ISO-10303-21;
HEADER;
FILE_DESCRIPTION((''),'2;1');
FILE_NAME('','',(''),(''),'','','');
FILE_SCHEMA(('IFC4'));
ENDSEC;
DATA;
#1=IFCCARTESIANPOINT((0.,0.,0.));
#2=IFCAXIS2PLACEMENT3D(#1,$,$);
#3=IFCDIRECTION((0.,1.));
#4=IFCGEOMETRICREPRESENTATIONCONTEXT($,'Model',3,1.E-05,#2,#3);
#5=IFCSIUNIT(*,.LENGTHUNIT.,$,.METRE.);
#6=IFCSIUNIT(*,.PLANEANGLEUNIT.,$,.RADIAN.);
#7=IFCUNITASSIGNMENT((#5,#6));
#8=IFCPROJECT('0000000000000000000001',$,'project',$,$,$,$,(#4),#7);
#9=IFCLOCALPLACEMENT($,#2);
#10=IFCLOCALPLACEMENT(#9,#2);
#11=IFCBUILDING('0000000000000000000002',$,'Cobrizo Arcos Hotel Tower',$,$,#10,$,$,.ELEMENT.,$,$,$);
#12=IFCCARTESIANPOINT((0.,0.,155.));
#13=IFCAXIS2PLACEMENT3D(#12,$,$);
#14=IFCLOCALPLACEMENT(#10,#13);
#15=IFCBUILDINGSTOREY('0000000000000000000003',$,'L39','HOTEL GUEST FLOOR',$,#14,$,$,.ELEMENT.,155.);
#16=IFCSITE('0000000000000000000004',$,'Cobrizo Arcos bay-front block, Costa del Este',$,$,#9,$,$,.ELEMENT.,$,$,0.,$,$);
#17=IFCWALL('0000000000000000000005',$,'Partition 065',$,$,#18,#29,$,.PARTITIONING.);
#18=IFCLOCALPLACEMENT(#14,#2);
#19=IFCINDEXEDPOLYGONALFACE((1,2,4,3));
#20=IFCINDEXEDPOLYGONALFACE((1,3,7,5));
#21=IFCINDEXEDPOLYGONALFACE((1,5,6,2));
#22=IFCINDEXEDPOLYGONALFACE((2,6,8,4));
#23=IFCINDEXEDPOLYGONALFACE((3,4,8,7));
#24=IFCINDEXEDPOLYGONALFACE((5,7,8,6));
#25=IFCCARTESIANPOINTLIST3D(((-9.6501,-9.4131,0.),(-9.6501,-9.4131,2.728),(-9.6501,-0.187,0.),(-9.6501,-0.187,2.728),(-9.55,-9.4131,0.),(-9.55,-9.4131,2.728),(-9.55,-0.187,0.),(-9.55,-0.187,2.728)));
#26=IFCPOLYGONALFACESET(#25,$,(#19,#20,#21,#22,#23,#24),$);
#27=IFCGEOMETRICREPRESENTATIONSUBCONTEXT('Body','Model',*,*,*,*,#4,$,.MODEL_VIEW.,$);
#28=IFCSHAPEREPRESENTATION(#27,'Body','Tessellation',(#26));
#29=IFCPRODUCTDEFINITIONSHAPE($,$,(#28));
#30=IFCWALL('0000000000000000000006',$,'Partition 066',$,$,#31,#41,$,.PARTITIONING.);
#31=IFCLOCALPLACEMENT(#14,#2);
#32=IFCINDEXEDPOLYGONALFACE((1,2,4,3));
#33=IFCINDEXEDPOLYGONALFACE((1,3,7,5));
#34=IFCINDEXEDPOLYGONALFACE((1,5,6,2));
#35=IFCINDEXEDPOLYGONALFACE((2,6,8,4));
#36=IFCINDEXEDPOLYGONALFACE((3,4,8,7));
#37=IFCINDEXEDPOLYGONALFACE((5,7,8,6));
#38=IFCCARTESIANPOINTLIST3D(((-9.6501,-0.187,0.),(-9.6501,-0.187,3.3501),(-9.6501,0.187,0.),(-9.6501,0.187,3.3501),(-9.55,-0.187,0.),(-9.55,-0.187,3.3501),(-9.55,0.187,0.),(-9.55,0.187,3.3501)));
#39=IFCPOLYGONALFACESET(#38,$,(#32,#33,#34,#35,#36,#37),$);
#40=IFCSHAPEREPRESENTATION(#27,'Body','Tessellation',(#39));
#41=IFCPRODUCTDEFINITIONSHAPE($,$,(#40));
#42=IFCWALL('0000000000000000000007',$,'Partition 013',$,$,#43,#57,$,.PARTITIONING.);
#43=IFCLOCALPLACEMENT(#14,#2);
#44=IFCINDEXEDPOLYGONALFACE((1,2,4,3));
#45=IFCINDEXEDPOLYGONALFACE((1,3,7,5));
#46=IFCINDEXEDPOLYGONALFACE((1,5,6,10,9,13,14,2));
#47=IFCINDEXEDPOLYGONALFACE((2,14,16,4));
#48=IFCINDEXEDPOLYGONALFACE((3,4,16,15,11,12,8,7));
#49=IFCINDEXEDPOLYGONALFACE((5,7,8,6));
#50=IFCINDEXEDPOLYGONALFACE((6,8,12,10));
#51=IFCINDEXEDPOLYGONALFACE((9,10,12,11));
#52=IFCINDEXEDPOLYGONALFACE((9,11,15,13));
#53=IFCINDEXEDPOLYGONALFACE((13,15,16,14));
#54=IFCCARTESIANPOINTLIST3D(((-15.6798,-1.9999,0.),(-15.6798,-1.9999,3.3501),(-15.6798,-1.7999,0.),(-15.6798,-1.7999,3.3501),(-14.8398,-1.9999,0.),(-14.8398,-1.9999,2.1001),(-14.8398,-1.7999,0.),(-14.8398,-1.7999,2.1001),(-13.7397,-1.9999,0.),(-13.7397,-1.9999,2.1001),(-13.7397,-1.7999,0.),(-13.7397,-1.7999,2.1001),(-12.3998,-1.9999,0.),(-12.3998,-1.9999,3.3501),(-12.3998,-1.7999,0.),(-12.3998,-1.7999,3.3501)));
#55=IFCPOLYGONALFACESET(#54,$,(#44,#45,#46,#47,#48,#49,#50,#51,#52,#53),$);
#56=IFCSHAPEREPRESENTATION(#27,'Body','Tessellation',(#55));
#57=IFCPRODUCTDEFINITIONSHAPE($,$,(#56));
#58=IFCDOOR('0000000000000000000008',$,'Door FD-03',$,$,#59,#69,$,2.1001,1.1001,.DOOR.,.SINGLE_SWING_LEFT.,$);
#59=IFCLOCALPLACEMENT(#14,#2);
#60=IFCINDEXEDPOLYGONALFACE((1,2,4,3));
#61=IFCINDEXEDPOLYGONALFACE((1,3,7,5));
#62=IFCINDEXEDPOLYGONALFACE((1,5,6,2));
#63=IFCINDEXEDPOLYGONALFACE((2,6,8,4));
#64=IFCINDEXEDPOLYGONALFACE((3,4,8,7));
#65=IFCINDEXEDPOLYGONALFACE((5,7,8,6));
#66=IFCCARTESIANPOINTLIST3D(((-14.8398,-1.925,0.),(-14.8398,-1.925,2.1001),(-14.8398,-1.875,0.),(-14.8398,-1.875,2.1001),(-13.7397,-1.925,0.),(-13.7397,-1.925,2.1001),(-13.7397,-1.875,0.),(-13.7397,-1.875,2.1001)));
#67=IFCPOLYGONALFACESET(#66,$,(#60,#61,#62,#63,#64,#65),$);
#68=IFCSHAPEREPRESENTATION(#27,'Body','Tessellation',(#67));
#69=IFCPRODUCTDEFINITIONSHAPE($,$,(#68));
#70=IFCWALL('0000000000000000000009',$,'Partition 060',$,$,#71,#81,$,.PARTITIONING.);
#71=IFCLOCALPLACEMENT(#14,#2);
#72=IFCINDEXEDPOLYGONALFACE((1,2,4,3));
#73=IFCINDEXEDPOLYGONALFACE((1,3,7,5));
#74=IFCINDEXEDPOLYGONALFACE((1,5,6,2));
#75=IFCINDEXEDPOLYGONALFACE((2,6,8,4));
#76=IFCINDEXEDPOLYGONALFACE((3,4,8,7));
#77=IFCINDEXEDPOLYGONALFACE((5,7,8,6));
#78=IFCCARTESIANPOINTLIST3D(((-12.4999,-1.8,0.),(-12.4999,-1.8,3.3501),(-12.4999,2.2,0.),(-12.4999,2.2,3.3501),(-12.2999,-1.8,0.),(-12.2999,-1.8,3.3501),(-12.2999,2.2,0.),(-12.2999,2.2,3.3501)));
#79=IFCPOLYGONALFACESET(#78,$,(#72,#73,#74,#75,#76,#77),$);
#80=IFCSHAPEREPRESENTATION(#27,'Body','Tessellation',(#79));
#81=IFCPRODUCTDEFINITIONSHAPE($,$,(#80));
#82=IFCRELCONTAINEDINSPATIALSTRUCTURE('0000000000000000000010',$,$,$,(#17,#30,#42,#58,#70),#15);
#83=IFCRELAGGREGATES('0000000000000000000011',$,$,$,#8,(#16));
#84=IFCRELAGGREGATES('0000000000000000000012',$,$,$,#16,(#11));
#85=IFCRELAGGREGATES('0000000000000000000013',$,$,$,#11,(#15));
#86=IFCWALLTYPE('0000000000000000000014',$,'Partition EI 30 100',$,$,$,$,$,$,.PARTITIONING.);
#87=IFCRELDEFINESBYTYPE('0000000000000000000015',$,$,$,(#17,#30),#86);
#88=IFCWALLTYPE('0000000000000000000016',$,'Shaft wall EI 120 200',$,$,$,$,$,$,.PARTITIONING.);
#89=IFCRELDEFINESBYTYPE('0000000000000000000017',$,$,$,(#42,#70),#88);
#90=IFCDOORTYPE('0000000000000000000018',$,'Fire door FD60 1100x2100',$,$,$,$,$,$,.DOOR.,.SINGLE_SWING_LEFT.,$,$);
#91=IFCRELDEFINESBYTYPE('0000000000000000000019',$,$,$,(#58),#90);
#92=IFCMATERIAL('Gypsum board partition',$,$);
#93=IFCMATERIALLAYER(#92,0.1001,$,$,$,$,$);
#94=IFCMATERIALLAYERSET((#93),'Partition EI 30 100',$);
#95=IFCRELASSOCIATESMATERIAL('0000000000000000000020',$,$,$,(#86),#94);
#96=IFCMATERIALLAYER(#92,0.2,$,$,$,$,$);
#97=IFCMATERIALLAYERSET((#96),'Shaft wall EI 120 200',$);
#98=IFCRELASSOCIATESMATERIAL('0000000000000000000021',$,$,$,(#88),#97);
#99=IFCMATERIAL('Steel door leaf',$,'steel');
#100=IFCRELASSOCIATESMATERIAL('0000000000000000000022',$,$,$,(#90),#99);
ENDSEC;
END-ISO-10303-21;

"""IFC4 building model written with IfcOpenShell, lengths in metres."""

from ifc_helpers import new_model, si_unit, direction, frame, frame_2d, origin, place, context, subcontext, project, spatial, rectangle, extrude, material, layer, layer_set, type_object, element, fill, save


model = new_model("IFC4")

# Units and contexts
model_context = context("Model", 3, precision=1e-05, world=origin(), true_north=direction((0.0, 1.0)))
body_context = subcontext(model_context, "Body", "Model", "MODEL_VIEW")
ifc_project = project(units=[si_unit("LENGTHUNIT", "METRE"), si_unit("PLANEANGLEUNIT", "RADIAN")], contexts=[model_context])

# Site, building, storey
site_placement = place(None, origin())
site = spatial("IfcSite", under=ifc_project, at=site_placement, Name="Cobrizo Arcos bay-front block, Costa del Este", CompositionType="ELEMENT", RefElevation=0.0)
building_placement = place(site_placement, origin())
building = spatial("IfcBuilding", under=site, at=building_placement, Name="Cobrizo Arcos Hotel Tower", CompositionType="ELEMENT")
storey_placement = place(building_placement, frame((0.0, 0.0, 155.0)))
storey = spatial("IfcBuildingStorey", under=building, at=storey_placement, Name="L39", Description="HOTEL GUEST FLOOR", CompositionType="ELEMENT", Elevation=155.0)

# Walls
ifc_material_1 = material(Name="Gypsum board partition")
ifc_layer_1 = layer(ifc_material_1, 0.1001)
ifc_layer_set_1 = layer_set([ifc_layer_1], Name="Partition EI 30 100")
wall_type_1 = type_object("IfcWallType", Name="Partition EI 30 100", PredefinedType="PARTITIONING", material=ifc_layer_set_1)
wall_1_placement = place(storey_placement, frame((-9.6001, -9.4131, 0.0), z_axis=(0.0, 0.0, 1.0), x_axis=(0.0, 1.0, 0.0)))
element("IfcWall", 1, at=wall_1_placement, inside=storey, type_object=wall_type_1, Name="Partition 065", PredefinedType="PARTITIONING", context=body_context, shape_type="SweptSolid", body=[
    extrude(rectangle(XDim=9.2261, YDim=0.1001, at=frame_2d((4.613, 0.0))), origin(), (0.0, 0.0, 1.0), 2.728),
])
wall_2_placement = place(storey_placement, frame((-9.6001, -0.187, 0.0), z_axis=(0.0, 0.0, 1.0), x_axis=(0.0, 1.0, 0.0)))
element("IfcWall", 2, at=wall_2_placement, inside=storey, type_object=wall_type_1, Name="Partition 066", PredefinedType="PARTITIONING", context=body_context, shape_type="SweptSolid", body=[
    extrude(rectangle(XDim=0.374, YDim=0.1001, at=frame_2d((0.187, 0.0))), origin(), (0.0, 0.0, 1.0), 3.3501),
])

# Wall, opening, door
ifc_layer_2 = layer(ifc_material_1, 0.2)
ifc_layer_set_2 = layer_set([ifc_layer_2], Name="Shaft wall EI 120 200")
wall_type_2 = type_object("IfcWallType", Name="Shaft wall EI 120 200", PredefinedType="PARTITIONING", material=ifc_layer_set_2)
wall_3_placement = place(storey_placement, frame((-15.6799, -1.8999, 0.0), z_axis=(0.0, 0.0, 1.0), x_axis=(1.0, 0.0, 0.0)))
wall_3 = element("IfcWall", 3, at=wall_3_placement, inside=storey, type_object=wall_type_2, Name="Partition 013", PredefinedType="PARTITIONING", context=body_context, shape_type="SweptSolid", body=[
    extrude(rectangle(XDim=3.28, YDim=0.2, at=frame_2d((1.6401, 0.0))), origin(), (0.0, 0.0, 1.0), 3.3501),
])
opening_placement = place(wall_3_placement, frame((0.8401, 0.0, 0.0)))
opening = element("IfcOpeningElement", 4, at=opening_placement, cuts=wall_3, PredefinedType="OPENING", context=body_context, shape_type="SweptSolid", body=[
    extrude(rectangle(XDim=1.1001, YDim=2.1001, at=frame_2d((0.55, 1.05))), frame((0.0, 0.1121, 0.0), z_axis=(0.0, -1.0, 0.0), x_axis=(1.0, 0.0, 0.0)), (0.0, 0.0, 1.0), 0.2239),
])
ifc_material_2 = material(Name="Steel door leaf", Category="steel")
door_type = type_object("IfcDoorType", Name="Fire door FD60 1100x2100", OperationType="SINGLE_SWING_LEFT", PredefinedType="DOOR", material=ifc_material_2)
door_placement = place(opening_placement, origin())
door = element("IfcDoor", 5, at=door_placement, inside=storey, type_object=door_type, Name="Door FD-03", OperationType="SINGLE_SWING_LEFT", OverallHeight=2.1001, OverallWidth=1.1001, PredefinedType="DOOR", context=body_context, shape_type="SweptSolid", body=[
    extrude(rectangle(XDim=1.1001, YDim=2.1001, at=frame_2d((0.55, 1.05))), frame((0.0, 0.0249, 0.0), z_axis=(0.0, -1.0, 0.0), x_axis=(1.0, 0.0, 0.0)), (0.0, 0.0, 1.0), 0.05),
])
fill(opening, door)

# Wall
wall_4_placement = place(storey_placement, frame((-12.3999, -1.8, 0.0), z_axis=(0.0, 0.0, 1.0), x_axis=(0.0, 1.0, 0.0)))
element("IfcWall", 6, at=wall_4_placement, inside=storey, type_object=wall_type_2, Name="Partition 060", PredefinedType="PARTITIONING", context=body_context, shape_type="SweptSolid", body=[
    extrude(rectangle(XDim=4.0, YDim=0.2, at=frame_2d((2.0, 0.0))), origin(), (0.0, 0.0, 1.0), 3.3501),
])

save(model, "model.ifc")
